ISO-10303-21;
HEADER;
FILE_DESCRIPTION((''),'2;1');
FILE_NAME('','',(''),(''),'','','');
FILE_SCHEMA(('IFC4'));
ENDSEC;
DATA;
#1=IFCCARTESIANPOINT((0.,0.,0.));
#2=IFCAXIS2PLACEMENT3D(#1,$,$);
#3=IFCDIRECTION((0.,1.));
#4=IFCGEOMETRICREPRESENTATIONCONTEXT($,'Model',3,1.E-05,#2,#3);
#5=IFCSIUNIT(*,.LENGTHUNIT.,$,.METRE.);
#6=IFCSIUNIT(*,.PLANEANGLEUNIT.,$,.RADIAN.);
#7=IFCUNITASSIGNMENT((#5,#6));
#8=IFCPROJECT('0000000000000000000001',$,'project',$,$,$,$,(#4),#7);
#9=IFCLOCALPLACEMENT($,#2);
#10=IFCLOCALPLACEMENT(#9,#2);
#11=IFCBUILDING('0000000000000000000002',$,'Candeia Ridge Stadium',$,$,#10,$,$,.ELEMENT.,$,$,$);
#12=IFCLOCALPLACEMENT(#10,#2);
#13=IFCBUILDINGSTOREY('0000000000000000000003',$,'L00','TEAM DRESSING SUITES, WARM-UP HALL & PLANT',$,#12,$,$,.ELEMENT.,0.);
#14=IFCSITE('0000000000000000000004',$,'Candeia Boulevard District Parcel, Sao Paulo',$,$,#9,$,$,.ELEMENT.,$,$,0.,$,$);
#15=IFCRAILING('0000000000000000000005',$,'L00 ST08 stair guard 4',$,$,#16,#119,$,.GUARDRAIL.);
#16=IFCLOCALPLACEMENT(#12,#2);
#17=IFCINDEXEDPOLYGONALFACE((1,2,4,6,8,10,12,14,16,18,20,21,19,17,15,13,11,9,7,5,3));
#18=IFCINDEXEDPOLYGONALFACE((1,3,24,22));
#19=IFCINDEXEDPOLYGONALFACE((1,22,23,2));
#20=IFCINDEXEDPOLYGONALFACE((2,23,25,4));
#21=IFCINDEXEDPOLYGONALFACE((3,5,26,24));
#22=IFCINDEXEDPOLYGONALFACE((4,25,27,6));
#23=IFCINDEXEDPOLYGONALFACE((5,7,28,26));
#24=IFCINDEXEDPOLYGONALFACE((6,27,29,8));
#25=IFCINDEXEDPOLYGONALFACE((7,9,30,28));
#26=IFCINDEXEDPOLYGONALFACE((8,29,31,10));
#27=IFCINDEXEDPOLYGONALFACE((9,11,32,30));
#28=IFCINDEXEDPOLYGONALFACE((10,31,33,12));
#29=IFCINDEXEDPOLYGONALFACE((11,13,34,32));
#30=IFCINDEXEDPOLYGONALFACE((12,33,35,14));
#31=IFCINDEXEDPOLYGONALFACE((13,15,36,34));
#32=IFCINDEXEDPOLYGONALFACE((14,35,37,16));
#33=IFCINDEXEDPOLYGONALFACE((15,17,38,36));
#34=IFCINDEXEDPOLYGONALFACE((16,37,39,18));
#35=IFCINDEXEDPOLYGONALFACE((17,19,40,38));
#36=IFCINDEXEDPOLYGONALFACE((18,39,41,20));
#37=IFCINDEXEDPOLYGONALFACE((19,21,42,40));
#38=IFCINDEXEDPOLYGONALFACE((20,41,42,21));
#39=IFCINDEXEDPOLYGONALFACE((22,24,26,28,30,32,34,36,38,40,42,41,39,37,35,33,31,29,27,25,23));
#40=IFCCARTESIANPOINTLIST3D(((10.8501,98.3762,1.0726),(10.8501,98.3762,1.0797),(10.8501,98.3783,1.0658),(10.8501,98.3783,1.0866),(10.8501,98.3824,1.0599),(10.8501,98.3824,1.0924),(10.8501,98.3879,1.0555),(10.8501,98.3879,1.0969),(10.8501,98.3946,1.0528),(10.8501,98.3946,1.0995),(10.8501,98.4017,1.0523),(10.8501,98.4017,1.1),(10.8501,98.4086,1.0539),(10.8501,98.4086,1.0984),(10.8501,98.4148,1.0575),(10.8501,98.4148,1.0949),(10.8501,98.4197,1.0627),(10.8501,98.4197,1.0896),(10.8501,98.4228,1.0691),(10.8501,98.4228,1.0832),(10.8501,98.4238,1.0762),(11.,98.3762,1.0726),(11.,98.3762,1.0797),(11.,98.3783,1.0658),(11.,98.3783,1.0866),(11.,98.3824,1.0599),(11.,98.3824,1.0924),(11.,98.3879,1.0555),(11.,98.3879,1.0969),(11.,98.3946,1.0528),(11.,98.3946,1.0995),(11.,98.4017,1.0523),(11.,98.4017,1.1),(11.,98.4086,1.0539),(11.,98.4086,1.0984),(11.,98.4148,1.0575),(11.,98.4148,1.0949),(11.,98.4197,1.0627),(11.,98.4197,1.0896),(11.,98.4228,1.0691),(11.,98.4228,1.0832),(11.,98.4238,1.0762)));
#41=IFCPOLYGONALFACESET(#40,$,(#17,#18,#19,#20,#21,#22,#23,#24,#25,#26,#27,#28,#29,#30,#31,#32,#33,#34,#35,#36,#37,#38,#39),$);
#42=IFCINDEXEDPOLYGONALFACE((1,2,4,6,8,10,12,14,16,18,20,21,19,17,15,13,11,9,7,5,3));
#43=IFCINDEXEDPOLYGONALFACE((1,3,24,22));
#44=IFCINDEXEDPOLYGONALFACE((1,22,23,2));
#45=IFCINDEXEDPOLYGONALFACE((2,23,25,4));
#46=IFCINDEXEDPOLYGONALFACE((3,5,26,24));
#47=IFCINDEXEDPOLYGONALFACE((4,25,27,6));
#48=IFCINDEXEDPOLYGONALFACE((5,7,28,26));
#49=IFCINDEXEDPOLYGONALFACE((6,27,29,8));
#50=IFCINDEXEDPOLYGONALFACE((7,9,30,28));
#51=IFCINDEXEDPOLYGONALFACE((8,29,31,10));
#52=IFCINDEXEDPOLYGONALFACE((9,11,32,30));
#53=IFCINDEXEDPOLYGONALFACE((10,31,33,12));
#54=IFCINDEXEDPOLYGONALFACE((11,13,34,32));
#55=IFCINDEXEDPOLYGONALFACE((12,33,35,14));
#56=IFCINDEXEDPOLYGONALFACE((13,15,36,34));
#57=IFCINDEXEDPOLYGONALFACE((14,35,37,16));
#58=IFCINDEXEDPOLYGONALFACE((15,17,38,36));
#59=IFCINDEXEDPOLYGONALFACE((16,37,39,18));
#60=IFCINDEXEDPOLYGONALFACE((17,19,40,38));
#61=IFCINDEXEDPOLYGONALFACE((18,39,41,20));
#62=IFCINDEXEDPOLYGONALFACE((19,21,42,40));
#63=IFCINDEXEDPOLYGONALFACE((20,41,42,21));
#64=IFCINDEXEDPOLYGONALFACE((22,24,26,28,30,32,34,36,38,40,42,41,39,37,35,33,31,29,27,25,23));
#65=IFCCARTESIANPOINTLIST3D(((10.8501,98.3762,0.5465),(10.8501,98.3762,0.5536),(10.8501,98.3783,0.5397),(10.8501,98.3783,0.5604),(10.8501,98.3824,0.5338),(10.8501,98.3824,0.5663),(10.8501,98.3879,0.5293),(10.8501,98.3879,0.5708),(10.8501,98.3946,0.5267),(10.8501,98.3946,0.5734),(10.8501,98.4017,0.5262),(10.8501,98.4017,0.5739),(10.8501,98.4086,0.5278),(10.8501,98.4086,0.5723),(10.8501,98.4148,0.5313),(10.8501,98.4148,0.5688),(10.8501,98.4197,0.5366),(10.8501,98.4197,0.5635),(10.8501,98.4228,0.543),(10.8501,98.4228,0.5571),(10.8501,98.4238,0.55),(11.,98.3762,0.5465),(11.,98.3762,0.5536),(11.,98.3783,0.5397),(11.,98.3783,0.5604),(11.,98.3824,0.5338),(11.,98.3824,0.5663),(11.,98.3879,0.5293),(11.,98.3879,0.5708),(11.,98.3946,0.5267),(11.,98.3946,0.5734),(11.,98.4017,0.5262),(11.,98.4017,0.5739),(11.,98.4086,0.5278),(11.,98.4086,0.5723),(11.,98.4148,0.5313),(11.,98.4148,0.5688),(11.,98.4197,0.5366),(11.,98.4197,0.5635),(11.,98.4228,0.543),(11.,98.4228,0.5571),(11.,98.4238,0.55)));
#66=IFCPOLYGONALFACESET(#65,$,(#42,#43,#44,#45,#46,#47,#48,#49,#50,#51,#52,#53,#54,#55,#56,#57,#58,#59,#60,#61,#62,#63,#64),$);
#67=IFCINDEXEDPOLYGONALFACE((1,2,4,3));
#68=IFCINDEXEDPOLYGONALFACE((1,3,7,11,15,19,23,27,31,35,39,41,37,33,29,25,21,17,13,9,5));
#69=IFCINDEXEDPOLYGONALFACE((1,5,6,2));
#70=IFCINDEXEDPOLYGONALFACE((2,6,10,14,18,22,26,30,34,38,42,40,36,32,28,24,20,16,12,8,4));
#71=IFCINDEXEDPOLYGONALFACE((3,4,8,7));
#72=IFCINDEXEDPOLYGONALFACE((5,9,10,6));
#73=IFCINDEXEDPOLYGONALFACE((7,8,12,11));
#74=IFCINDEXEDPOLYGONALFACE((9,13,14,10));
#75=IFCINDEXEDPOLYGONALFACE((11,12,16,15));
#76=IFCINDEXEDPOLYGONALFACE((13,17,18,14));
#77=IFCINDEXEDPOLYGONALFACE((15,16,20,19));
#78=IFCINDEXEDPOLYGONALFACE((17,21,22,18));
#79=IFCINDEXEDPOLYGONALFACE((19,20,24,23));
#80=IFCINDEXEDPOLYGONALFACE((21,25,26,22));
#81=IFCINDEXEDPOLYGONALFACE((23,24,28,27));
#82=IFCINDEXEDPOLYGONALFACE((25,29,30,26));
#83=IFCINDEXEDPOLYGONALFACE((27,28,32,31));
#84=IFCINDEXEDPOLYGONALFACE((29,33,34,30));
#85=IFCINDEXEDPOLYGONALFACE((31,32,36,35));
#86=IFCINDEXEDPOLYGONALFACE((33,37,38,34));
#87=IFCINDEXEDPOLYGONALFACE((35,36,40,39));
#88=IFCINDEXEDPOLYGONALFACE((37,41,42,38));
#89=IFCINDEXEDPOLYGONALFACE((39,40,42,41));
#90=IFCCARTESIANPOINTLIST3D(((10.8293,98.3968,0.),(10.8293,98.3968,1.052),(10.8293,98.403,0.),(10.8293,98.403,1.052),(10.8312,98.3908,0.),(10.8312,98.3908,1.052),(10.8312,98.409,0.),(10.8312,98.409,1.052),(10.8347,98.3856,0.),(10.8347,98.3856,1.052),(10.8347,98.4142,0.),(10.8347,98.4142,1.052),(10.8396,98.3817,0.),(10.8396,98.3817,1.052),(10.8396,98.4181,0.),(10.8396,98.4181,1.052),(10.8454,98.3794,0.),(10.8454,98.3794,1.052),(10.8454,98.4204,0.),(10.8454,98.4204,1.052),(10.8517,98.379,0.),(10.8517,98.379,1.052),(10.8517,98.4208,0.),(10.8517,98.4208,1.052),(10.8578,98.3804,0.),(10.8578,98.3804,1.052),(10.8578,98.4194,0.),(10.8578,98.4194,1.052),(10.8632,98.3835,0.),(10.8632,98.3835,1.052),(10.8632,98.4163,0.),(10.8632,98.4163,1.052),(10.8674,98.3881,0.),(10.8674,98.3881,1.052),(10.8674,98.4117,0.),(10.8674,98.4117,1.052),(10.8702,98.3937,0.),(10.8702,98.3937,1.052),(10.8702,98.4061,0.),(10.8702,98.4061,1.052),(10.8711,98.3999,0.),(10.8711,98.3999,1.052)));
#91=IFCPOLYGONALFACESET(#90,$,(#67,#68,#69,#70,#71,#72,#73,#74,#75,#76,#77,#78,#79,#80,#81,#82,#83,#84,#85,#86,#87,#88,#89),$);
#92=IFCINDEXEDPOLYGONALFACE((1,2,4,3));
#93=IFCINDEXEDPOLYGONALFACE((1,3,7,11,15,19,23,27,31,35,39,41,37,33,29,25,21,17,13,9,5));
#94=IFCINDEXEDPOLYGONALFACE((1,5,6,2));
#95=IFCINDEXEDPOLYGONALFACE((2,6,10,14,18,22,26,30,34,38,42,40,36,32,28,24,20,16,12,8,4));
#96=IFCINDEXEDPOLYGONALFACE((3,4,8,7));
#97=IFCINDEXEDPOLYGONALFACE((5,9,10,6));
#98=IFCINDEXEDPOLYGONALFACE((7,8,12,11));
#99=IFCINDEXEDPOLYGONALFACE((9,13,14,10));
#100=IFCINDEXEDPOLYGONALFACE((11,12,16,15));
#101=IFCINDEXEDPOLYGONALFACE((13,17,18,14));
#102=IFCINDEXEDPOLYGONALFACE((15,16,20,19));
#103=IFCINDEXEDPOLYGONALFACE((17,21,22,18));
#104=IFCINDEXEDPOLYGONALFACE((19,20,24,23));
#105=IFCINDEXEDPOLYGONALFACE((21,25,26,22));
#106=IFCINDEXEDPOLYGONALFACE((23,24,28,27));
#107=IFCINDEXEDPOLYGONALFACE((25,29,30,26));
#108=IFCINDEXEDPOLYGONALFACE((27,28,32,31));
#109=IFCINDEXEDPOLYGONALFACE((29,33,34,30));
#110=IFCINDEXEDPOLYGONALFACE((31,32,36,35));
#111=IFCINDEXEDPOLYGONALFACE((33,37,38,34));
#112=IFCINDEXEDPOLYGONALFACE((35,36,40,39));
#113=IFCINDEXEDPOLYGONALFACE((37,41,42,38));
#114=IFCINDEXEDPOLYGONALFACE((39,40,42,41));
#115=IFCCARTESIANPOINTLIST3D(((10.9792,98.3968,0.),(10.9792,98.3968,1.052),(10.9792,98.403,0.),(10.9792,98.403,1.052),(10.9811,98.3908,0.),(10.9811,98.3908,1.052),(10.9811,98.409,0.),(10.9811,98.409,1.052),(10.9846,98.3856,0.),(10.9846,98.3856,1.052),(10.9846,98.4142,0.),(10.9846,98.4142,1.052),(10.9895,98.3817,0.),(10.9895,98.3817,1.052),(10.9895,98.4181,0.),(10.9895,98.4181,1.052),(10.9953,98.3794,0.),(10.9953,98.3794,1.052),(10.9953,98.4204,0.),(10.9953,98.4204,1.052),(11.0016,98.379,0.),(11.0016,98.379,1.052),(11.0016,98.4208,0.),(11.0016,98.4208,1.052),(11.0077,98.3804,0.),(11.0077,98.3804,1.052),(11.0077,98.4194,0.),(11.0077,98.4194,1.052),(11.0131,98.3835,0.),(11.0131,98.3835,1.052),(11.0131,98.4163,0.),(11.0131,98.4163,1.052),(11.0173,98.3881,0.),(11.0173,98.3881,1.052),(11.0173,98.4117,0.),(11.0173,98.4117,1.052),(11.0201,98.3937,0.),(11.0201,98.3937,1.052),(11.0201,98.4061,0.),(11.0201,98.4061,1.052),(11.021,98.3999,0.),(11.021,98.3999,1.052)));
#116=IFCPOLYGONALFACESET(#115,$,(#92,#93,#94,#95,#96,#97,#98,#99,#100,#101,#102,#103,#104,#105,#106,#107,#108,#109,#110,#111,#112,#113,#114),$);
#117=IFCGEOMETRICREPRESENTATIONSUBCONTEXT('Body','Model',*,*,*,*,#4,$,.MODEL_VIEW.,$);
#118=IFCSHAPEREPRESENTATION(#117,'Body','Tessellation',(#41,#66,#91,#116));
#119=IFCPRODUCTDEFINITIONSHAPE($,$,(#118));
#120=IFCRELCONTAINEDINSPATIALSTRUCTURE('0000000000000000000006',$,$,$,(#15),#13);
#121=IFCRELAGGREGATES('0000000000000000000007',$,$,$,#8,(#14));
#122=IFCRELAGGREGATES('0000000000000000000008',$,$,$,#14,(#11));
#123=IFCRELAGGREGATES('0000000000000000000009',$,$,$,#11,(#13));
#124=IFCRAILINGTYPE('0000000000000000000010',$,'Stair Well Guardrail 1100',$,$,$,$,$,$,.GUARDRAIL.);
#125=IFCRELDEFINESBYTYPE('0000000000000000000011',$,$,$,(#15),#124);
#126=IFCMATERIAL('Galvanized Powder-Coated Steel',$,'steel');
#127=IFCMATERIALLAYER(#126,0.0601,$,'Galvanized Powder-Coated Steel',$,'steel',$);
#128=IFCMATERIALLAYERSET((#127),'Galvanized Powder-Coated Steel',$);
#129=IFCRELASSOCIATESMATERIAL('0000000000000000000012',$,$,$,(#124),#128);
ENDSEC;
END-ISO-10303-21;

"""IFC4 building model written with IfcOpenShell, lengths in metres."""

from ifc_helpers import new_model, si_unit, direction, frame, origin, origin_2d, place, context, subcontext, project, spatial, circle, extrude, material, layer, layer_set, type_object, element, save


model = new_model("IFC4")

# Units and contexts
model_context = context("Model", 3, precision=1e-05, world=origin(), true_north=direction((0.0, 1.0)))
body_context = subcontext(model_context, "Body", "Model", "MODEL_VIEW")
ifc_project = project(units=[si_unit("LENGTHUNIT", "METRE"), si_unit("PLANEANGLEUNIT", "RADIAN")], contexts=[model_context])

# Site, building, storey
site_placement = place(None, origin())
site = spatial("IfcSite", under=ifc_project, at=site_placement, Name="Candeia Boulevard District Parcel, Sao Paulo", CompositionType="ELEMENT", RefElevation=0.0)
building_placement = place(site_placement, origin())
building = spatial("IfcBuilding", under=site, at=building_placement, Name="Candeia Ridge Stadium", CompositionType="ELEMENT")
storey_placement = place(building_placement, origin())
storey = spatial("IfcBuildingStorey", under=building, at=storey_placement, Name="L00", Description="TEAM DRESSING SUITES, WARM-UP HALL & PLANT", CompositionType="ELEMENT", Elevation=0.0)

# Railing
ifc_material_1 = material(Name="Galvanized Powder-Coated Steel", Category="steel")
ifc_layer_1 = layer(ifc_material_1, 0.0601, Name="Galvanized Powder-Coated Steel", Category="steel")
ifc_layer_set_1 = layer_set([ifc_layer_1], Name="Galvanized Powder-Coated Steel")
railing_type_1 = type_object("IfcRailingType", Name="Stair Well Guardrail 1100", PredefinedType="GUARDRAIL", material=ifc_layer_set_1)
railing_1_placement = place(storey_placement, frame((10.8501, 98.3999, 0.0)))
element("IfcRailing", 1, at=railing_1_placement, inside=storey, type_object=railing_type_1, Name="L00 ST08 stair guard 4", PredefinedType="GUARDRAIL", context=body_context, shape_type="SweptSolid", body=[
    extrude(circle(Radius=0.0239, at=origin_2d()), frame((0.0, 0.0, 1.0762), z_axis=(1.0, 0.0, 0.0), x_axis=(0.0, 1.0, 0.0)), (0.0, 0.0, 1.0), 0.1499),
    extrude(circle(Radius=0.0239, at=origin_2d()), frame((0.0, 0.0, 0.55), z_axis=(1.0, 0.0, 0.0), x_axis=(0.0, 1.0, 0.0)), (0.0, 0.0, 1.0), 0.1499),
    extrude(circle(Radius=0.021, at=origin_2d()), origin(), (0.0, 0.0, 1.0), 1.052),
    extrude(circle(Radius=0.021, at=origin_2d()), frame((0.1499, 0.0, 0.0)), (0.0, 0.0, 1.0), 1.052),
])

save(model, "model.ifc")
